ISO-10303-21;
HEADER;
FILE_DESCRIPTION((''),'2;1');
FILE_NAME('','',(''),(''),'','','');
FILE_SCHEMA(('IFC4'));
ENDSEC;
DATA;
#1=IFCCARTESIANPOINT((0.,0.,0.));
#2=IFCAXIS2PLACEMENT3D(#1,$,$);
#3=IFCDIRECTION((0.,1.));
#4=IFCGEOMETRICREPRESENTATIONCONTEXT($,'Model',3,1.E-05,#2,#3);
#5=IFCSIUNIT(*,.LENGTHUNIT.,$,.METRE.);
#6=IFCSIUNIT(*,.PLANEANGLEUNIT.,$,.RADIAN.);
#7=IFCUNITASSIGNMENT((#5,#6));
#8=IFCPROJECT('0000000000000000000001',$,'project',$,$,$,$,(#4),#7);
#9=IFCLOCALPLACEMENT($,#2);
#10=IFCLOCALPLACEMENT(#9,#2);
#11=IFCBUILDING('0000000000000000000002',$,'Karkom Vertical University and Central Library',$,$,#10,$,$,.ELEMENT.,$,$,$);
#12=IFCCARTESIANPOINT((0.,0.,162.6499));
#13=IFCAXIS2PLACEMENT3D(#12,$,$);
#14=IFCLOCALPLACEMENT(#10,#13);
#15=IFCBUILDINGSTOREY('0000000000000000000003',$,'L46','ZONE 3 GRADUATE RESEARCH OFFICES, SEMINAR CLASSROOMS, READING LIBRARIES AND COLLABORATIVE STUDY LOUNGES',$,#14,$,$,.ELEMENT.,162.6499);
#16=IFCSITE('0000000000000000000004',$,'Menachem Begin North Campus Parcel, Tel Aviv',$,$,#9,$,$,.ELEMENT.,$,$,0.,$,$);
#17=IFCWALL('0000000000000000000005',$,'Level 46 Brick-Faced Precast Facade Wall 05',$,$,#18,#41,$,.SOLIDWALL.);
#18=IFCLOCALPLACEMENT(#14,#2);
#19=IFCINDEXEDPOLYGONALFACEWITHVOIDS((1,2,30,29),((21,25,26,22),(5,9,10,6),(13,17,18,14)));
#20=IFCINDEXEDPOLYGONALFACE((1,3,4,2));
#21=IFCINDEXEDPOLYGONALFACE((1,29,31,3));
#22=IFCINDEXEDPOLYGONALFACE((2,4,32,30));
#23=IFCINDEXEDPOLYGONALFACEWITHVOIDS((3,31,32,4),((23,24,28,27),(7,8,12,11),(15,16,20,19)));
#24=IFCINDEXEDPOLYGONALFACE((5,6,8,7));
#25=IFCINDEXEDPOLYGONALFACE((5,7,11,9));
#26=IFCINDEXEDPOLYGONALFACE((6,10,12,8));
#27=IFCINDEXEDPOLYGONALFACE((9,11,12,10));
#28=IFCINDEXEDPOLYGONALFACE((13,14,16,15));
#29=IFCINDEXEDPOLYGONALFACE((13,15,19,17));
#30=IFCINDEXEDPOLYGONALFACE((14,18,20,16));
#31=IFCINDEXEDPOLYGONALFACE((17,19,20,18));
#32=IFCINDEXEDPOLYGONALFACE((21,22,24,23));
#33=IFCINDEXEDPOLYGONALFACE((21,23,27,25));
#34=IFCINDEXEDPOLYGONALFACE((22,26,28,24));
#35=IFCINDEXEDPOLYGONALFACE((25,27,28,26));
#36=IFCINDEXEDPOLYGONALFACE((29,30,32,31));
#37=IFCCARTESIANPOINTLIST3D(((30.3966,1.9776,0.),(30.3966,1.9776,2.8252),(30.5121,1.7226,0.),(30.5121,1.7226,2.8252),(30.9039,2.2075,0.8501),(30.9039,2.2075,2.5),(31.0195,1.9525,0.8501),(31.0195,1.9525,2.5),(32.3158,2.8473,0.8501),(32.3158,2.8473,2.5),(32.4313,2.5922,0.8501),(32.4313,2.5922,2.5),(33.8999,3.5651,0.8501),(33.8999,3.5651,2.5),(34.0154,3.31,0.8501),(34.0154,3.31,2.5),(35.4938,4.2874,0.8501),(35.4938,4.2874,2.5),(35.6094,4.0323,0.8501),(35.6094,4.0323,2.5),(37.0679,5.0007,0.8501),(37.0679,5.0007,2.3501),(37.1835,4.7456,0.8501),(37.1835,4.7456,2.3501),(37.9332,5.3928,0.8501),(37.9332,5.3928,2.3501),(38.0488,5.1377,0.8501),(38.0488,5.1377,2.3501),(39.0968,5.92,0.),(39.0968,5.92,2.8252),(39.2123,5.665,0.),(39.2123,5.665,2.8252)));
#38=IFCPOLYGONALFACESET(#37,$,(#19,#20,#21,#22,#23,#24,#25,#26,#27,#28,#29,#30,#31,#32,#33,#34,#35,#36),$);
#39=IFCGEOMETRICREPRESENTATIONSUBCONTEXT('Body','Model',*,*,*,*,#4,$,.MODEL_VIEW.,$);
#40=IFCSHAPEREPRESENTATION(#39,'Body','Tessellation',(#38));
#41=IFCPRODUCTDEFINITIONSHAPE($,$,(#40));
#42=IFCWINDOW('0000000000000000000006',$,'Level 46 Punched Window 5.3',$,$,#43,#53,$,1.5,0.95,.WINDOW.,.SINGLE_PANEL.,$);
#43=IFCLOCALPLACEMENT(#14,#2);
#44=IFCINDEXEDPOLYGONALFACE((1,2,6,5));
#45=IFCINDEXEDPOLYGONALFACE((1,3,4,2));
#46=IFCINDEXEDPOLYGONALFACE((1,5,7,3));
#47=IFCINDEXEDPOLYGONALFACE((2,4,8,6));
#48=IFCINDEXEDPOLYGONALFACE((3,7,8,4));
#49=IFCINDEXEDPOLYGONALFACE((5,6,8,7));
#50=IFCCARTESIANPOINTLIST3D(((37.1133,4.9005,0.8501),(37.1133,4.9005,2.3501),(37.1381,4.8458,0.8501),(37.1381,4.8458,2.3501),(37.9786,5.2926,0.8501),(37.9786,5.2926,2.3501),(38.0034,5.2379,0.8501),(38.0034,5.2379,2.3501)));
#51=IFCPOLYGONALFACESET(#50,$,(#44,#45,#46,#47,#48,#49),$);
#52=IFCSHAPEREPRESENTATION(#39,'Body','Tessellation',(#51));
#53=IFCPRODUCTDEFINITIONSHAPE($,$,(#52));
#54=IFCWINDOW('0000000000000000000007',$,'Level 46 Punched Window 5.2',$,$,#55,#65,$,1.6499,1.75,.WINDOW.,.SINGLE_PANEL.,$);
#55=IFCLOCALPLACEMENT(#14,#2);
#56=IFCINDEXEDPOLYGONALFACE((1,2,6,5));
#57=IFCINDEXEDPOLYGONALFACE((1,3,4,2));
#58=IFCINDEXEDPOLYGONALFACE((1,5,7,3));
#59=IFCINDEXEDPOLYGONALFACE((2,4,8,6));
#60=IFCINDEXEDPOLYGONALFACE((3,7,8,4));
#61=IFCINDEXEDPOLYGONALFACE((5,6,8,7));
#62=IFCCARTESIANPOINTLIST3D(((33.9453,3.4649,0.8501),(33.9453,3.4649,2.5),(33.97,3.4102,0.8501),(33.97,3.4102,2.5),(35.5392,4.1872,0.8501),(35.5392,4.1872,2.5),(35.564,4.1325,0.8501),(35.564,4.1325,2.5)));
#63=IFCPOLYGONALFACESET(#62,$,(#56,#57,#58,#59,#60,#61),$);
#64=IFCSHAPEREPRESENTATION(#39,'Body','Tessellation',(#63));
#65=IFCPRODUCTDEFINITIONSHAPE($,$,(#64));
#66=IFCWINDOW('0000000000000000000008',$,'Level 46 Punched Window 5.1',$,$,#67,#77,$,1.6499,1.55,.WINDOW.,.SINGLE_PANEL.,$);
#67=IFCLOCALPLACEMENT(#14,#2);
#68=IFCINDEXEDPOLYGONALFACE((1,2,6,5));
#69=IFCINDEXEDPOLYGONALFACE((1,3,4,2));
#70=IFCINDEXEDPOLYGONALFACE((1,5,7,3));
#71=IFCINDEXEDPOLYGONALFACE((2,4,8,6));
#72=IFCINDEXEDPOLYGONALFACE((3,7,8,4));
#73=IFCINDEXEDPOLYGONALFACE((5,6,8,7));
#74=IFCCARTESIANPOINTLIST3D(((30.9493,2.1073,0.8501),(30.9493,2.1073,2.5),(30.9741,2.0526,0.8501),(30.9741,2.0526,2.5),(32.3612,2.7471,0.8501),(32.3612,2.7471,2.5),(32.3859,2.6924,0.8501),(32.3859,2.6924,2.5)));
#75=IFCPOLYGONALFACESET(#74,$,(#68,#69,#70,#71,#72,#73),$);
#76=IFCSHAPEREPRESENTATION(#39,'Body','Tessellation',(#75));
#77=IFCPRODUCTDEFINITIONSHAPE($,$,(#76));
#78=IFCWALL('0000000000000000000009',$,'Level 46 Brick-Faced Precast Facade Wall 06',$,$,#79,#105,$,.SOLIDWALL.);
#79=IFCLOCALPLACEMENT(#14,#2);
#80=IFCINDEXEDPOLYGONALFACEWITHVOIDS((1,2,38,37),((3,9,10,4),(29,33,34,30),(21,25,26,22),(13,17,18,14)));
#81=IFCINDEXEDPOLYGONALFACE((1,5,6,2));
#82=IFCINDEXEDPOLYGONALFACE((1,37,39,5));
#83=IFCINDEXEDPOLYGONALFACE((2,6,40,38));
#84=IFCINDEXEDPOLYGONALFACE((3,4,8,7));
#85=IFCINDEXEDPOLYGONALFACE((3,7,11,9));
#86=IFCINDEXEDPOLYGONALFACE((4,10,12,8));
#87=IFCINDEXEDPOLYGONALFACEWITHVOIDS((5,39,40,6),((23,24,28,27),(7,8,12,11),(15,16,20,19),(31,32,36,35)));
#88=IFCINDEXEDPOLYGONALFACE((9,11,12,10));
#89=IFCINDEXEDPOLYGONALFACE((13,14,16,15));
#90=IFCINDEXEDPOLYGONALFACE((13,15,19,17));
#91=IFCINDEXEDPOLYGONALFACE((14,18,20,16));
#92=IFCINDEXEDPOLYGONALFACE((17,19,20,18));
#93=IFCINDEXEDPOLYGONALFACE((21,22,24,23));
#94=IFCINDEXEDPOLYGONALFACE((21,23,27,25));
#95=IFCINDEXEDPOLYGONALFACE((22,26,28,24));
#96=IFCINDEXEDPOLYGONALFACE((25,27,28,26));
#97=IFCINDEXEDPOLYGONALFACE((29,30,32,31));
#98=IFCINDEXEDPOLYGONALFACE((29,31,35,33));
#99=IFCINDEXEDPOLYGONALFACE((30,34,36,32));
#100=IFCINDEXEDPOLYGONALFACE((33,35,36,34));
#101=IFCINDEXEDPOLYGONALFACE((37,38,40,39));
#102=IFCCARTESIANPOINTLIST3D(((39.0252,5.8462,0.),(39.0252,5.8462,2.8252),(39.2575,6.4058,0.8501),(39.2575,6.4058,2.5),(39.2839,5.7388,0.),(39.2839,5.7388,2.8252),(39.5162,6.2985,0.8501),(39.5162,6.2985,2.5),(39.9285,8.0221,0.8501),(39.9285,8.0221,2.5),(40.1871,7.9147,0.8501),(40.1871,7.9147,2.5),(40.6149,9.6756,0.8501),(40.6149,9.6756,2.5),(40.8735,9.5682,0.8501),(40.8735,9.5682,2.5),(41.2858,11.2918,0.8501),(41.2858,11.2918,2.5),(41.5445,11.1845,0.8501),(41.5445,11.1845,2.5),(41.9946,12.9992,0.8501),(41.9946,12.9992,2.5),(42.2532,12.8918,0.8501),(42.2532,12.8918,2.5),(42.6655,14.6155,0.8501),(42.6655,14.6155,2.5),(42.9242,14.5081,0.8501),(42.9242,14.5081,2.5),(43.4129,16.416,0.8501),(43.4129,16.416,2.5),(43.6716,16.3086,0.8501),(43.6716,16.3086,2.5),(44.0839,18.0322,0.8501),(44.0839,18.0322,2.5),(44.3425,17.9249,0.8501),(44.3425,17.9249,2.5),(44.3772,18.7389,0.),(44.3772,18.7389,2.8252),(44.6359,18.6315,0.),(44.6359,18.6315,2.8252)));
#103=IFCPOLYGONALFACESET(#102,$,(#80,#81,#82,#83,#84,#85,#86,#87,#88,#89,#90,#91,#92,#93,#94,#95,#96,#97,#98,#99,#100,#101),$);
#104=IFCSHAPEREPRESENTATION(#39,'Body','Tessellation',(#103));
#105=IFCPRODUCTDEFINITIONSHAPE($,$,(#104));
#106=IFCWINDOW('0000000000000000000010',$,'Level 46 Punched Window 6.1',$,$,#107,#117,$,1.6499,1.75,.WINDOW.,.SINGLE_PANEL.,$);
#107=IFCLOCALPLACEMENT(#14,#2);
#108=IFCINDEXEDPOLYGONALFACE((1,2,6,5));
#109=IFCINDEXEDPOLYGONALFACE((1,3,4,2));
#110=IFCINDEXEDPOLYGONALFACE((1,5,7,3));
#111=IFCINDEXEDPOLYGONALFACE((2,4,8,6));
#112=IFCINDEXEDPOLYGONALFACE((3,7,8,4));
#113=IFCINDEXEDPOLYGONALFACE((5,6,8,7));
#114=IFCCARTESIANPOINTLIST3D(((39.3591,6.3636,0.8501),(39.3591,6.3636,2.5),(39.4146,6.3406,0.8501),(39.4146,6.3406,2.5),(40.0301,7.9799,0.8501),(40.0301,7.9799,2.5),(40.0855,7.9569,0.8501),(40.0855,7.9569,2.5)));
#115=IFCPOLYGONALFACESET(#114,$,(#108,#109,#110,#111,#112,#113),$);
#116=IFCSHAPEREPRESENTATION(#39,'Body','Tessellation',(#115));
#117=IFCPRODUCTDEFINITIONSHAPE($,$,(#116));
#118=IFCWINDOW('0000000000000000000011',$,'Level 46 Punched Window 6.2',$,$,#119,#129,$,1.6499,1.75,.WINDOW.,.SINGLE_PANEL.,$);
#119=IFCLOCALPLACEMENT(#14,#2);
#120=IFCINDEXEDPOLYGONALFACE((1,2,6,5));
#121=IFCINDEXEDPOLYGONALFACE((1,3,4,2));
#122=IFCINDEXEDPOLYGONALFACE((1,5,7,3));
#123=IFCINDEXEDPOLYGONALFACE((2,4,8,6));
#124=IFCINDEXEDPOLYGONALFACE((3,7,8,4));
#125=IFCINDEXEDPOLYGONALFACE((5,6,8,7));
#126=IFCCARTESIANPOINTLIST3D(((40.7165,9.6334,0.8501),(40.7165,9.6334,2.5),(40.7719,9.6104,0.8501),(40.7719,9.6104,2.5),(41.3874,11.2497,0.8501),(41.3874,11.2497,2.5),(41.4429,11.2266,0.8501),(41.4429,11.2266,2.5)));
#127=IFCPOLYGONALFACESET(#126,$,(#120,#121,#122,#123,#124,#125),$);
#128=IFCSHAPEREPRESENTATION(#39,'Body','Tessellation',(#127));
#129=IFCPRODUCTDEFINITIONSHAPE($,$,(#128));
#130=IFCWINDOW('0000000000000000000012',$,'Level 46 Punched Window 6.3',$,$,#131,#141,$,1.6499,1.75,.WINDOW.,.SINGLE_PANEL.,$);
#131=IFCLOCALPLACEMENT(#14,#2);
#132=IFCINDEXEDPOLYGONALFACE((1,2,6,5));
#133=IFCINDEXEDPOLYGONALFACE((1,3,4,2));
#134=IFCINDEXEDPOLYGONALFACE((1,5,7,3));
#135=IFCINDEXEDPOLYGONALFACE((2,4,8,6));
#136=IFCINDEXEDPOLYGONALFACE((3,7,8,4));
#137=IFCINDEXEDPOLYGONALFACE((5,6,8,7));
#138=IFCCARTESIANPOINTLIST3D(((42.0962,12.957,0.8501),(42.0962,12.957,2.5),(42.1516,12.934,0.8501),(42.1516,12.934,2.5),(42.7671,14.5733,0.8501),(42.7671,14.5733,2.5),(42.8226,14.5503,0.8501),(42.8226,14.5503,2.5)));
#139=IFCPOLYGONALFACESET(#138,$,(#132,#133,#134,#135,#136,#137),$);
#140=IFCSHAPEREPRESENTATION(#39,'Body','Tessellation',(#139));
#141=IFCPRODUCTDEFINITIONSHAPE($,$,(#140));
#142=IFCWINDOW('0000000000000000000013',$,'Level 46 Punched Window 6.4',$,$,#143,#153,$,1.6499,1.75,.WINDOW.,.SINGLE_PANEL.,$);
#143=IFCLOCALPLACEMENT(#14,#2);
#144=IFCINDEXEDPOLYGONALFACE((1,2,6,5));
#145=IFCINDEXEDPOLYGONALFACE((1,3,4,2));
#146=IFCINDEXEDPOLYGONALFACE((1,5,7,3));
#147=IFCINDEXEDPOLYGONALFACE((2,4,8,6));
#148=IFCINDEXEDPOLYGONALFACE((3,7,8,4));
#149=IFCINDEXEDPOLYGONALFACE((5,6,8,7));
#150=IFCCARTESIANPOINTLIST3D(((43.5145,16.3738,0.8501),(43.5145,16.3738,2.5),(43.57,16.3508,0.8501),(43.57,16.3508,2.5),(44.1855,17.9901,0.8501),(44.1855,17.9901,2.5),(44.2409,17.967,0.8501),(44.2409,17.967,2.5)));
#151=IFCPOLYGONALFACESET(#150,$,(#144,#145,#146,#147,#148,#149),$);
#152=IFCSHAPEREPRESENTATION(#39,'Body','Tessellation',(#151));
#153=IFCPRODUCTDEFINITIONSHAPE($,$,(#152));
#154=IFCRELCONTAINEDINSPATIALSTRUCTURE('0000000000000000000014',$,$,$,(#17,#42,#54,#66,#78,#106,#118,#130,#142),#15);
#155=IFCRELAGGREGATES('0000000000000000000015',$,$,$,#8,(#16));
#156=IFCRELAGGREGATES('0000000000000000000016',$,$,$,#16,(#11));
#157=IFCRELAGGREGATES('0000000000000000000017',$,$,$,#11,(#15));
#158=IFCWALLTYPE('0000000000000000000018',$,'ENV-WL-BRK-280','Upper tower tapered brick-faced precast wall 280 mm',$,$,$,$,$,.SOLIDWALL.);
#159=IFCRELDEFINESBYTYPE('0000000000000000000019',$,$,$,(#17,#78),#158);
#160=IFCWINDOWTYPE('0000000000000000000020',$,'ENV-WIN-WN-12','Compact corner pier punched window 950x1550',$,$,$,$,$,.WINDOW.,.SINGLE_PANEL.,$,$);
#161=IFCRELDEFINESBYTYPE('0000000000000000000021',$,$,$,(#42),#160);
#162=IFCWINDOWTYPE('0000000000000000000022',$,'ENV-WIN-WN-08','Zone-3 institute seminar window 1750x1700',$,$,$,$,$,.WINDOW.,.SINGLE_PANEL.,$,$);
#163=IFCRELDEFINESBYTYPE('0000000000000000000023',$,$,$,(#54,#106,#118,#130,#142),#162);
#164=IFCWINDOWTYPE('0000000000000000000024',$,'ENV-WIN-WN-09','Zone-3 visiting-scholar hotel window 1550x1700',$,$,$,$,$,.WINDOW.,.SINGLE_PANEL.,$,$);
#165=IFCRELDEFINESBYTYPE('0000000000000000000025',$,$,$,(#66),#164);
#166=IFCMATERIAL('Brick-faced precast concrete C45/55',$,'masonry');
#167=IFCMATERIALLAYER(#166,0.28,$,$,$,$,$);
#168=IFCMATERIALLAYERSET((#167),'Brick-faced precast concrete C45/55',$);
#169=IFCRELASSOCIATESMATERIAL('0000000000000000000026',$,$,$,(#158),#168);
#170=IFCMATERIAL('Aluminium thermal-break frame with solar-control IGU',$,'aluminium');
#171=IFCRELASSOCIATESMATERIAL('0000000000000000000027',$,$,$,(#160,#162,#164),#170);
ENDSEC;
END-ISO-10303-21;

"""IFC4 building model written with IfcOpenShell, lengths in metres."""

from ifc_helpers import new_model, si_unit, direction, frame, frame_2d, origin, origin_with_axes, place, context, subcontext, project, spatial, rectangle, extrude, source, transform, mapped, material, layer, layer_set, type_object, element, fill, save


model = new_model("IFC4")

# Units and contexts
model_context = context("Model", 3, precision=1e-05, world=origin(), true_north=direction((0.0, 1.0)))
body_context = subcontext(model_context, "Body", "Model", "MODEL_VIEW")
ifc_project = project(units=[si_unit("LENGTHUNIT", "METRE"), si_unit("PLANEANGLEUNIT", "RADIAN")], contexts=[model_context])

# Site, building, storey
site_placement = place(None, origin())
site = spatial("IfcSite", under=ifc_project, at=site_placement, Name="Menachem Begin North Campus Parcel, Tel Aviv", CompositionType="ELEMENT", RefElevation=0.0)
building_placement = place(site_placement, origin())
building = spatial("IfcBuilding", under=site, at=building_placement, Name="Karkom Vertical University and Central Library", CompositionType="ELEMENT")
storey_placement = place(building_placement, frame((0.0, 0.0, 162.6499)))
storey = spatial("IfcBuildingStorey", under=building, at=storey_placement, Name="L46", Description="ZONE 3 GRADUATE RESEARCH OFFICES, SEMINAR CLASSROOMS, READING LIBRARIES AND COLLABORATIVE STUDY LOUNGES", CompositionType="ELEMENT", Elevation=162.6499)

# Walls, openings, windows
ifc_material_1 = material(Name="Brick-faced precast concrete C45/55", Category="masonry")
ifc_layer_1 = layer(ifc_material_1, 0.28)
ifc_layer_set_1 = layer_set([ifc_layer_1], Name="Brick-faced precast concrete C45/55")
wall_type_1 = type_object("IfcWallType", Name="ENV-WL-BRK-280", Description="Upper tower tapered brick-faced precast wall 280 mm", PredefinedType="SOLIDWALL", material=ifc_layer_set_1)
wall_1_placement = place(storey_placement, frame((30.4543, 1.8501, 0.0), z_axis=(0.0, 0.0, 1.0), x_axis=(0.910849, 0.41274, 0.0)))
wall_1 = element("IfcWall", 1, at=wall_1_placement, inside=storey, type_object=wall_type_1, Name="Level 46 Brick-Faced Precast Facade Wall 05", PredefinedType="SOLIDWALL", context=body_context, shape_type="SweptSolid", body=[
    extrude(rectangle(XDim=9.5518, YDim=0.28, at=frame_2d((4.7759, 0.0))), origin(), (0.0, 0.0, 1.0), 2.8252),
])
opening_1_placement = place(wall_1_placement, frame((0.5571, 0.0, 0.8501)))
opening_1 = element("IfcOpeningElement", 2, at=opening_1_placement, cuts=wall_1, PredefinedType="OPENING", context=body_context, shape_type="SweptSolid", body=[
    extrude(rectangle(XDim=1.55, YDim=1.6499, at=frame_2d((0.7749, 0.825))), frame((0.0, 0.1499, 0.0), z_axis=(0.0, -1.0, 0.0), x_axis=(1.0, 0.0, 0.0)), (0.0, 0.0, 1.0), 0.3),
])
opening_2_placement = place(wall_1_placement, frame((3.8462, 0.0, 0.8501)))
opening_2 = element("IfcOpeningElement", 3, at=opening_2_placement, cuts=wall_1, PredefinedType="OPENING", context=body_context, shape_type="SweptSolid", body=[
    extrude(rectangle(XDim=1.75, YDim=1.6499, at=frame_2d((0.875, 0.825))), frame((0.0, 0.1499, 0.0), z_axis=(0.0, -1.0, 0.0), x_axis=(1.0, 0.0, 0.0)), (0.0, 0.0, 1.0), 0.3),
])
opening_3_placement = place(wall_1_placement, frame((7.3242, 0.0, 0.8501)))
opening_3 = element("IfcOpeningElement", 4, at=opening_3_placement, cuts=wall_1, PredefinedType="OPENING", context=body_context, shape_type="SweptSolid", body=[
    extrude(rectangle(XDim=0.95, YDim=1.5, at=frame_2d((0.4751, 0.75))), frame((0.0, 0.1499, 0.0), z_axis=(0.0, -1.0, 0.0), x_axis=(1.0, 0.0, 0.0)), (0.0, 0.0, 1.0), 0.3),
])
ifc_material_2 = material(Name="Aluminium thermal-break frame with solar-control IGU", Category="aluminium")
window_type_1 = type_object("IfcWindowType", Name="ENV-WIN-WN-12", Description="Compact corner pier punched window 950x1550", PartitioningType="SINGLE_PANEL", PredefinedType="WINDOW", material=ifc_material_2)
shared_shape_1 = source(origin_with_axes(), body_context, "Body", "SweptSolid", [
    extrude(rectangle(XDim=0.95, YDim=1.5, at=frame_2d((0.4751, 0.75))), frame((0.0, 0.03, 0.0), z_axis=(0.0, -1.0, 0.0), x_axis=(1.0, 0.0, 0.0)), (0.0, 0.0, 1.0), 0.0601),
])
window_1_placement = place(opening_3_placement, origin())
window_1 = element("IfcWindow", 5, at=window_1_placement, inside=storey, type_object=window_type_1, Name="Level 46 Punched Window 5.3", OverallHeight=1.5, OverallWidth=0.95, PartitioningType="SINGLE_PANEL", PredefinedType="WINDOW", context=body_context, shape_type="MappedRepresentation", body=[
    mapped(shared_shape_1, transform((0.0, 0.0, 0.0), scale=1.0)),
])
fill(opening_3, window_1)
window_type_2 = type_object("IfcWindowType", Name="ENV-WIN-WN-08", Description="Zone-3 institute seminar window 1750x1700", PartitioningType="SINGLE_PANEL", PredefinedType="WINDOW", material=ifc_material_2)
shared_shape_2 = source(origin_with_axes(), body_context, "Body", "SweptSolid", [
    extrude(rectangle(XDim=1.75, YDim=1.6499, at=frame_2d((0.875, 0.825))), frame((0.0, 0.03, 0.0), z_axis=(0.0, -1.0, 0.0), x_axis=(1.0, 0.0, 0.0)), (0.0, 0.0, 1.0), 0.0601),
])
window_2_placement = place(opening_2_placement, origin())
window_2 = element("IfcWindow", 6, at=window_2_placement, inside=storey, type_object=window_type_2, Name="Level 46 Punched Window 5.2", OverallHeight=1.6499, OverallWidth=1.75, PartitioningType="SINGLE_PANEL", PredefinedType="WINDOW", context=body_context, shape_type="MappedRepresentation", body=[
    mapped(shared_shape_2, transform((0.0, 0.0, 0.0), scale=1.0)),
])
fill(opening_2, window_2)
window_type_3 = type_object("IfcWindowType", Name="ENV-WIN-WN-09", Description="Zone-3 visiting-scholar hotel window 1550x1700", PartitioningType="SINGLE_PANEL", PredefinedType="WINDOW", material=ifc_material_2)
shared_shape_3 = source(origin_with_axes(), body_context, "Body", "SweptSolid", [
    extrude(rectangle(XDim=1.55, YDim=1.6499, at=frame_2d((0.7749, 0.825))), frame((0.0, 0.03, 0.0), z_axis=(0.0, -1.0, 0.0), x_axis=(1.0, 0.0, 0.0)), (0.0, 0.0, 1.0), 0.0601),
])
window_3_placement = place(opening_1_placement, origin())
window_3 = element("IfcWindow", 7, at=window_3_placement, inside=storey, type_object=window_type_3, Name="Level 46 Punched Window 5.1", OverallHeight=1.6499, OverallWidth=1.55, PartitioningType="SINGLE_PANEL", PredefinedType="WINDOW", context=body_context, shape_type="MappedRepresentation", body=[
    mapped(shared_shape_3, transform((0.0, 0.0, 0.0), scale=1.0)),
])
fill(opening_1, window_3)
wall_2_placement = place(storey_placement, frame((39.1545, 5.7925, 0.0), z_axis=(0.0, 0.0, 1.0), x_axis=(0.383397, 0.923584, 0.0)))
wall_2 = element("IfcWall", 8, at=wall_2_placement, inside=storey, type_object=wall_type_1, Name="Level 46 Brick-Faced Precast Facade Wall 06", PredefinedType="SOLIDWALL", context=body_context, shape_type="SweptSolid", body=[
    extrude(rectangle(XDim=13.9595, YDim=0.28, at=frame_2d((6.9797, 0.0))), origin(), (0.0, 0.0, 1.0), 2.8252),
])
opening_4_placement = place(wall_2_placement, frame((0.606, 0.0, 0.8501)))
opening_4 = element("IfcOpeningElement", 9, at=opening_4_placement, cuts=wall_2, PredefinedType="OPENING", context=body_context, shape_type="SweptSolid", body=[
    extrude(rectangle(XDim=1.75, YDim=1.6499, at=frame_2d((0.875, 0.825))), frame((0.0, 0.1499, 0.0), z_axis=(0.0, -1.0, 0.0), x_axis=(1.0, 0.0, 0.0)), (0.0, 0.0, 1.0), 0.3),
])
opening_5_placement = place(wall_2_placement, frame((4.1462, 0.0, 0.8501)))
opening_5 = element("IfcOpeningElement", 10, at=opening_5_placement, cuts=wall_2, PredefinedType="OPENING", context=body_context, shape_type="SweptSolid", body=[
    extrude(rectangle(XDim=1.75, YDim=1.6499, at=frame_2d((0.875, 0.825))), frame((0.0, 0.1499, 0.0), z_axis=(0.0, -1.0, 0.0), x_axis=(1.0, 0.0, 0.0)), (0.0, 0.0, 1.0), 0.3),
])
opening_6_placement = place(wall_2_placement, frame((7.7449, 0.0, 0.8501)))
opening_6 = element("IfcOpeningElement", 11, at=opening_6_placement, cuts=wall_2, PredefinedType="OPENING", context=body_context, shape_type="SweptSolid", body=[
    extrude(rectangle(XDim=1.75, YDim=1.6499, at=frame_2d((0.875, 0.825))), frame((0.0, 0.1499, 0.0), z_axis=(0.0, -1.0, 0.0), x_axis=(1.0, 0.0, 0.0)), (0.0, 0.0, 1.0), 0.3),
])
opening_7_placement = place(wall_2_placement, frame((11.4443, 0.0, 0.8501)))
opening_7 = element("IfcOpeningElement", 12, at=opening_7_placement, cuts=wall_2, PredefinedType="OPENING", context=body_context, shape_type="SweptSolid", body=[
    extrude(rectangle(XDim=1.75, YDim=1.6499, at=frame_2d((0.875, 0.825))), frame((0.0, 0.1499, 0.0), z_axis=(0.0, -1.0, 0.0), x_axis=(1.0, 0.0, 0.0)), (0.0, 0.0, 1.0), 0.3),
])
window_4_placement = place(opening_4_placement, origin())
window_4 = element("IfcWindow", 13, at=window_4_placement, inside=storey, type_object=window_type_2, Name="Level 46 Punched Window 6.1", OverallHeight=1.6499, OverallWidth=1.75, PartitioningType="SINGLE_PANEL", PredefinedType="WINDOW", context=body_context, shape_type="MappedRepresentation", body=[
    mapped(shared_shape_2, transform((0.0, 0.0, 0.0), scale=1.0)),
])
fill(opening_4, window_4)
window_5_placement = place(opening_5_placement, origin())
window_5 = element("IfcWindow", 14, at=window_5_placement, inside=storey, type_object=window_type_2, Name="Level 46 Punched Window 6.2", OverallHeight=1.6499, OverallWidth=1.75, PartitioningType="SINGLE_PANEL", PredefinedType="WINDOW", context=body_context, shape_type="MappedRepresentation", body=[
    mapped(shared_shape_2, transform((0.0, 0.0, 0.0), scale=1.0)),
])
fill(opening_5, window_5)
window_6_placement = place(opening_6_placement, origin())
window_6 = element("IfcWindow", 15, at=window_6_placement, inside=storey, type_object=window_type_2, Name="Level 46 Punched Window 6.3", OverallHeight=1.6499, OverallWidth=1.75, PartitioningType="SINGLE_PANEL", PredefinedType="WINDOW", context=body_context, shape_type="MappedRepresentation", body=[
    mapped(shared_shape_2, transform((0.0, 0.0, 0.0), scale=1.0)),
])
fill(opening_6, window_6)
window_7_placement = place(opening_7_placement, origin())
window_7 = element("IfcWindow", 16, at=window_7_placement, inside=storey, type_object=window_type_2, Name="Level 46 Punched Window 6.4", OverallHeight=1.6499, OverallWidth=1.75, PartitioningType="SINGLE_PANEL", PredefinedType="WINDOW", context=body_context, shape_type="MappedRepresentation", body=[
    mapped(shared_shape_2, transform((0.0, 0.0, 0.0), scale=1.0)),
])
fill(opening_7, window_7)

save(model, "model.ifc")
